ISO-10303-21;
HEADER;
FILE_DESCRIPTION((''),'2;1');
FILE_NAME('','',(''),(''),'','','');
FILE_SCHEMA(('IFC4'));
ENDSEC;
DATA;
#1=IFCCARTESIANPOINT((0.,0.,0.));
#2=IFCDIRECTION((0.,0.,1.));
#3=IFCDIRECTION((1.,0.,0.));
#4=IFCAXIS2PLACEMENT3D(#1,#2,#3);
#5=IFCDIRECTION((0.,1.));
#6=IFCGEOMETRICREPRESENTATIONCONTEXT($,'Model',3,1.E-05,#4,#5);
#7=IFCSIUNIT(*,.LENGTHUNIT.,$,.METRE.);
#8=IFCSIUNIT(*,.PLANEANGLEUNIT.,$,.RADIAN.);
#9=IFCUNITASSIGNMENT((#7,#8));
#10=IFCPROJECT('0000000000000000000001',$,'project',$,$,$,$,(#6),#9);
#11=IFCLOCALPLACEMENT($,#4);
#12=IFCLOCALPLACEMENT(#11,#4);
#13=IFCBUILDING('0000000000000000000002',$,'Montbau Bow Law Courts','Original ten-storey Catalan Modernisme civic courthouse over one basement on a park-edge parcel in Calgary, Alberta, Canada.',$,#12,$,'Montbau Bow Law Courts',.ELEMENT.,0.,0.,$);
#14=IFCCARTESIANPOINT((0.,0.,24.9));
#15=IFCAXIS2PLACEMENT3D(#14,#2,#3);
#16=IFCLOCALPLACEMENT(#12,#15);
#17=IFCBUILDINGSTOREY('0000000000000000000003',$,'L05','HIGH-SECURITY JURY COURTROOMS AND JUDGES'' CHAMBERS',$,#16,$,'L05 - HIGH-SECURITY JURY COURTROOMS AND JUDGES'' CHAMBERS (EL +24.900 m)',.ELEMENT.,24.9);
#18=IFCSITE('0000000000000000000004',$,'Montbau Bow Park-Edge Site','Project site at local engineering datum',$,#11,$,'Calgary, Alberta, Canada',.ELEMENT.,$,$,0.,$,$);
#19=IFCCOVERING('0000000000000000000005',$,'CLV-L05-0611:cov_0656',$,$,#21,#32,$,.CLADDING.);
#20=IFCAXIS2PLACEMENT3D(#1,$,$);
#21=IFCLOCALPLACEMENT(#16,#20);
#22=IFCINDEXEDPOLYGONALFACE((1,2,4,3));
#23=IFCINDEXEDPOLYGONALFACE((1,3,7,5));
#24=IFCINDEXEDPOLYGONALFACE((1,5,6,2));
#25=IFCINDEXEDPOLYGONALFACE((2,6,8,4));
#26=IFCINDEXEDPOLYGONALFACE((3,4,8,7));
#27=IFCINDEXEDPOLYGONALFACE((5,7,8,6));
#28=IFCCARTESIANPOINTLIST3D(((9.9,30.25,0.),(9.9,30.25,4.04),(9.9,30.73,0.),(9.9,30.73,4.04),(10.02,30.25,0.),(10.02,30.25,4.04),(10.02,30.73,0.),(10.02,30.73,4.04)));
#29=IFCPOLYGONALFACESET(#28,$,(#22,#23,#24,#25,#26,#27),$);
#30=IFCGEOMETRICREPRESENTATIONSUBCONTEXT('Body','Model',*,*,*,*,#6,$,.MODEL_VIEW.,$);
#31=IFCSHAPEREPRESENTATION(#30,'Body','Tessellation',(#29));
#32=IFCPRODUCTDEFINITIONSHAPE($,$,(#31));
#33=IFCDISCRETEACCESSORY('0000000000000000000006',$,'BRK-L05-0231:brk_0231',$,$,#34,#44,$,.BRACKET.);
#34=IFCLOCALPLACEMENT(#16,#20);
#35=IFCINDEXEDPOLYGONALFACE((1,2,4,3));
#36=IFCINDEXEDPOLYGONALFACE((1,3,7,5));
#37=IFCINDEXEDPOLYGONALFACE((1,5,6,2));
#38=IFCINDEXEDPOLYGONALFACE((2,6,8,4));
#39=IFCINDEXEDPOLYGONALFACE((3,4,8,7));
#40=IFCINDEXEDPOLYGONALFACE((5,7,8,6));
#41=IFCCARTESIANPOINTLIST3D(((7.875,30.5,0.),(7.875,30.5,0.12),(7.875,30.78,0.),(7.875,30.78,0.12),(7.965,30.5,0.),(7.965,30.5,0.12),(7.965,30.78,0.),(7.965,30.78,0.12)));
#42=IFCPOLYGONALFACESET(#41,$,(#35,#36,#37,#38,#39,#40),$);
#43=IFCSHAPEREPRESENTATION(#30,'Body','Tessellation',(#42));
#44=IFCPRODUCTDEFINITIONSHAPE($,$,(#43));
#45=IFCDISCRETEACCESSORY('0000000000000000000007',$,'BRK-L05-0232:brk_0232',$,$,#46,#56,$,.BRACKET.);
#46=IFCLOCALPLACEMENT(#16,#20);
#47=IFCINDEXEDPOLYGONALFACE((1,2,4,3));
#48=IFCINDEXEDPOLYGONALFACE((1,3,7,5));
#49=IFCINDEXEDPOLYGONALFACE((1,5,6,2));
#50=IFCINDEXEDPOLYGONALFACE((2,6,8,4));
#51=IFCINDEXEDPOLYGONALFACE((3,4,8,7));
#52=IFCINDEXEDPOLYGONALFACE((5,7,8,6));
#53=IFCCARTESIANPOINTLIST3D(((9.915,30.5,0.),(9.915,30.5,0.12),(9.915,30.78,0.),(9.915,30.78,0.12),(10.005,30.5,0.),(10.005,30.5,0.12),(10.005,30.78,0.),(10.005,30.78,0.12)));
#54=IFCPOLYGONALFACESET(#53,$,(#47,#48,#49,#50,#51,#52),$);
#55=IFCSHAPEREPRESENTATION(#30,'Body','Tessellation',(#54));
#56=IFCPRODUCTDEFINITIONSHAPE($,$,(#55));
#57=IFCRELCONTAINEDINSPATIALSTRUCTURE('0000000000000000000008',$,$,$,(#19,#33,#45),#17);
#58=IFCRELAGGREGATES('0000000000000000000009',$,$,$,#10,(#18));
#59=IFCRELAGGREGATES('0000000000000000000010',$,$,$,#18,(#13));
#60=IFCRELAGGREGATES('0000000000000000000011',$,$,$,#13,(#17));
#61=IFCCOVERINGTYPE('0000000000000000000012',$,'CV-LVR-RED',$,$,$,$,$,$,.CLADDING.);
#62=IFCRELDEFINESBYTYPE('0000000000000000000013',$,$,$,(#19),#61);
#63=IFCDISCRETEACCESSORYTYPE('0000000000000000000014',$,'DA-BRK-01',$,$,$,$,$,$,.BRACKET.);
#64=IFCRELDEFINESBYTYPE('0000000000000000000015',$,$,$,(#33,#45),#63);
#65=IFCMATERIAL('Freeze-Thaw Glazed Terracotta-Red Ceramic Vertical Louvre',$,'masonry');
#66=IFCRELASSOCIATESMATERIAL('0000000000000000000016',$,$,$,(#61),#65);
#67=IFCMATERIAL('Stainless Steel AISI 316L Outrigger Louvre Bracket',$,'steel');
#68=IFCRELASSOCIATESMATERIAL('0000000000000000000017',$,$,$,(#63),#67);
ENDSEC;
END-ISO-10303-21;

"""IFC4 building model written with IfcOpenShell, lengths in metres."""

from ifc_helpers import new_model, si_unit, direction, frame, frame_2d, origin_with_axes, origin_2d_with_axis, place, context, subcontext, project, spatial, rectangle, extrude, material, type_object, element, save


model = new_model("IFC4")

# Units and contexts
model_context = context("Model", 3, precision=1e-05, world=origin_with_axes(), true_north=direction((0.0, 1.0)))
body_context = subcontext(model_context, "Body", "Model", "MODEL_VIEW")
ifc_project = project(units=[si_unit("LENGTHUNIT", "METRE"), si_unit("PLANEANGLEUNIT", "RADIAN")], contexts=[model_context])

# Site, building, storey
site_placement = place(None, origin_with_axes())
site = spatial("IfcSite", under=ifc_project, at=site_placement, Name="Montbau Bow Park-Edge Site", Description="Project site at local engineering datum", LongName="Calgary, Alberta, Canada", CompositionType="ELEMENT", RefElevation=0.0)
building_placement = place(site_placement, origin_with_axes())
building = spatial("IfcBuilding", under=site, at=building_placement, Name="Montbau Bow Law Courts", Description="Original ten-storey Catalan Modernisme civic courthouse over one basement on a park-edge parcel in Calgary, Alberta, Canada.", LongName="Montbau Bow Law Courts", CompositionType="ELEMENT", ElevationOfRefHeight=0.0, ElevationOfTerrain=0.0)
storey_placement = place(building_placement, frame((0.0, 0.0, 24.9), z_axis=(0.0, 0.0, 1.0), x_axis=(1.0, 0.0, 0.0)))
storey = spatial("IfcBuildingStorey", under=building, at=storey_placement, Name="L05", Description="HIGH-SECURITY JURY COURTROOMS AND JUDGES' CHAMBERS", LongName="L05 - HIGH-SECURITY JURY COURTROOMS AND JUDGES' CHAMBERS (EL +24.900 m)", CompositionType="ELEMENT", Elevation=24.9)

# Covering
ifc_material_1 = material(Name="Freeze-Thaw Glazed Terracotta-Red Ceramic Vertical Louvre", Category="masonry")
covering_type = type_object("IfcCoveringType", Name="CV-LVR-RED", PredefinedType="CLADDING", material=ifc_material_1)
for number, where, z_axis, x_axis, name in (
    (1, (9.96, 30.73, 24.9), (-1.0, 0.0, 0.0), (0.0, -1.0, 0.0), "CLV-L05-0611:cov_0656"),
):
    element("IfcCovering", number, at=place(None, frame(where, z_axis=z_axis, x_axis=x_axis)), inside=storey, type_object=covering_type, Name=name, PredefinedType="CLADDING", context=body_context, shape_type="SweptSolid", body=[
        extrude(rectangle(XDim=0.48, YDim=4.04, at=frame_2d((0.24, 2.02), x_axis=(1.0, 0.0))), frame((0.0, 0.0, -0.06), z_axis=(0.0, 0.0, 1.0), x_axis=(1.0, 0.0, 0.0)), (0.0, 0.0, 1.0), 0.12),
    ])

# Discrete accessories
ifc_material_2 = material(Name="Stainless Steel AISI 316L Outrigger Louvre Bracket", Category="steel")
discrete_accessory_type = type_object("IfcDiscreteAccessoryType", Name="DA-BRK-01", PredefinedType="BRACKET", material=ifc_material_2)
for number, where, z_axis, x_axis, name in (
    (2, (7.92, 30.64, 24.9), (0.0, 0.0, 1.0), (0.0, -1.0, 0.0), "BRK-L05-0231:brk_0231"),
    (3, (9.96, 30.64, 24.9), (0.0, 0.0, 1.0), (0.0, -1.0, 0.0), "BRK-L05-0232:brk_0232"),
):
    element("IfcDiscreteAccessory", number, at=place(None, frame(where, z_axis=z_axis, x_axis=x_axis)), inside=storey, type_object=discrete_accessory_type, Name=name, PredefinedType="BRACKET", context=body_context, shape_type="SweptSolid", body=[
        extrude(rectangle(XDim=0.28, YDim=0.09, at=origin_2d_with_axis()), origin_with_axes(), (0.0, 0.0, 1.0), 0.12),
    ])

save(model, "model.ifc")
